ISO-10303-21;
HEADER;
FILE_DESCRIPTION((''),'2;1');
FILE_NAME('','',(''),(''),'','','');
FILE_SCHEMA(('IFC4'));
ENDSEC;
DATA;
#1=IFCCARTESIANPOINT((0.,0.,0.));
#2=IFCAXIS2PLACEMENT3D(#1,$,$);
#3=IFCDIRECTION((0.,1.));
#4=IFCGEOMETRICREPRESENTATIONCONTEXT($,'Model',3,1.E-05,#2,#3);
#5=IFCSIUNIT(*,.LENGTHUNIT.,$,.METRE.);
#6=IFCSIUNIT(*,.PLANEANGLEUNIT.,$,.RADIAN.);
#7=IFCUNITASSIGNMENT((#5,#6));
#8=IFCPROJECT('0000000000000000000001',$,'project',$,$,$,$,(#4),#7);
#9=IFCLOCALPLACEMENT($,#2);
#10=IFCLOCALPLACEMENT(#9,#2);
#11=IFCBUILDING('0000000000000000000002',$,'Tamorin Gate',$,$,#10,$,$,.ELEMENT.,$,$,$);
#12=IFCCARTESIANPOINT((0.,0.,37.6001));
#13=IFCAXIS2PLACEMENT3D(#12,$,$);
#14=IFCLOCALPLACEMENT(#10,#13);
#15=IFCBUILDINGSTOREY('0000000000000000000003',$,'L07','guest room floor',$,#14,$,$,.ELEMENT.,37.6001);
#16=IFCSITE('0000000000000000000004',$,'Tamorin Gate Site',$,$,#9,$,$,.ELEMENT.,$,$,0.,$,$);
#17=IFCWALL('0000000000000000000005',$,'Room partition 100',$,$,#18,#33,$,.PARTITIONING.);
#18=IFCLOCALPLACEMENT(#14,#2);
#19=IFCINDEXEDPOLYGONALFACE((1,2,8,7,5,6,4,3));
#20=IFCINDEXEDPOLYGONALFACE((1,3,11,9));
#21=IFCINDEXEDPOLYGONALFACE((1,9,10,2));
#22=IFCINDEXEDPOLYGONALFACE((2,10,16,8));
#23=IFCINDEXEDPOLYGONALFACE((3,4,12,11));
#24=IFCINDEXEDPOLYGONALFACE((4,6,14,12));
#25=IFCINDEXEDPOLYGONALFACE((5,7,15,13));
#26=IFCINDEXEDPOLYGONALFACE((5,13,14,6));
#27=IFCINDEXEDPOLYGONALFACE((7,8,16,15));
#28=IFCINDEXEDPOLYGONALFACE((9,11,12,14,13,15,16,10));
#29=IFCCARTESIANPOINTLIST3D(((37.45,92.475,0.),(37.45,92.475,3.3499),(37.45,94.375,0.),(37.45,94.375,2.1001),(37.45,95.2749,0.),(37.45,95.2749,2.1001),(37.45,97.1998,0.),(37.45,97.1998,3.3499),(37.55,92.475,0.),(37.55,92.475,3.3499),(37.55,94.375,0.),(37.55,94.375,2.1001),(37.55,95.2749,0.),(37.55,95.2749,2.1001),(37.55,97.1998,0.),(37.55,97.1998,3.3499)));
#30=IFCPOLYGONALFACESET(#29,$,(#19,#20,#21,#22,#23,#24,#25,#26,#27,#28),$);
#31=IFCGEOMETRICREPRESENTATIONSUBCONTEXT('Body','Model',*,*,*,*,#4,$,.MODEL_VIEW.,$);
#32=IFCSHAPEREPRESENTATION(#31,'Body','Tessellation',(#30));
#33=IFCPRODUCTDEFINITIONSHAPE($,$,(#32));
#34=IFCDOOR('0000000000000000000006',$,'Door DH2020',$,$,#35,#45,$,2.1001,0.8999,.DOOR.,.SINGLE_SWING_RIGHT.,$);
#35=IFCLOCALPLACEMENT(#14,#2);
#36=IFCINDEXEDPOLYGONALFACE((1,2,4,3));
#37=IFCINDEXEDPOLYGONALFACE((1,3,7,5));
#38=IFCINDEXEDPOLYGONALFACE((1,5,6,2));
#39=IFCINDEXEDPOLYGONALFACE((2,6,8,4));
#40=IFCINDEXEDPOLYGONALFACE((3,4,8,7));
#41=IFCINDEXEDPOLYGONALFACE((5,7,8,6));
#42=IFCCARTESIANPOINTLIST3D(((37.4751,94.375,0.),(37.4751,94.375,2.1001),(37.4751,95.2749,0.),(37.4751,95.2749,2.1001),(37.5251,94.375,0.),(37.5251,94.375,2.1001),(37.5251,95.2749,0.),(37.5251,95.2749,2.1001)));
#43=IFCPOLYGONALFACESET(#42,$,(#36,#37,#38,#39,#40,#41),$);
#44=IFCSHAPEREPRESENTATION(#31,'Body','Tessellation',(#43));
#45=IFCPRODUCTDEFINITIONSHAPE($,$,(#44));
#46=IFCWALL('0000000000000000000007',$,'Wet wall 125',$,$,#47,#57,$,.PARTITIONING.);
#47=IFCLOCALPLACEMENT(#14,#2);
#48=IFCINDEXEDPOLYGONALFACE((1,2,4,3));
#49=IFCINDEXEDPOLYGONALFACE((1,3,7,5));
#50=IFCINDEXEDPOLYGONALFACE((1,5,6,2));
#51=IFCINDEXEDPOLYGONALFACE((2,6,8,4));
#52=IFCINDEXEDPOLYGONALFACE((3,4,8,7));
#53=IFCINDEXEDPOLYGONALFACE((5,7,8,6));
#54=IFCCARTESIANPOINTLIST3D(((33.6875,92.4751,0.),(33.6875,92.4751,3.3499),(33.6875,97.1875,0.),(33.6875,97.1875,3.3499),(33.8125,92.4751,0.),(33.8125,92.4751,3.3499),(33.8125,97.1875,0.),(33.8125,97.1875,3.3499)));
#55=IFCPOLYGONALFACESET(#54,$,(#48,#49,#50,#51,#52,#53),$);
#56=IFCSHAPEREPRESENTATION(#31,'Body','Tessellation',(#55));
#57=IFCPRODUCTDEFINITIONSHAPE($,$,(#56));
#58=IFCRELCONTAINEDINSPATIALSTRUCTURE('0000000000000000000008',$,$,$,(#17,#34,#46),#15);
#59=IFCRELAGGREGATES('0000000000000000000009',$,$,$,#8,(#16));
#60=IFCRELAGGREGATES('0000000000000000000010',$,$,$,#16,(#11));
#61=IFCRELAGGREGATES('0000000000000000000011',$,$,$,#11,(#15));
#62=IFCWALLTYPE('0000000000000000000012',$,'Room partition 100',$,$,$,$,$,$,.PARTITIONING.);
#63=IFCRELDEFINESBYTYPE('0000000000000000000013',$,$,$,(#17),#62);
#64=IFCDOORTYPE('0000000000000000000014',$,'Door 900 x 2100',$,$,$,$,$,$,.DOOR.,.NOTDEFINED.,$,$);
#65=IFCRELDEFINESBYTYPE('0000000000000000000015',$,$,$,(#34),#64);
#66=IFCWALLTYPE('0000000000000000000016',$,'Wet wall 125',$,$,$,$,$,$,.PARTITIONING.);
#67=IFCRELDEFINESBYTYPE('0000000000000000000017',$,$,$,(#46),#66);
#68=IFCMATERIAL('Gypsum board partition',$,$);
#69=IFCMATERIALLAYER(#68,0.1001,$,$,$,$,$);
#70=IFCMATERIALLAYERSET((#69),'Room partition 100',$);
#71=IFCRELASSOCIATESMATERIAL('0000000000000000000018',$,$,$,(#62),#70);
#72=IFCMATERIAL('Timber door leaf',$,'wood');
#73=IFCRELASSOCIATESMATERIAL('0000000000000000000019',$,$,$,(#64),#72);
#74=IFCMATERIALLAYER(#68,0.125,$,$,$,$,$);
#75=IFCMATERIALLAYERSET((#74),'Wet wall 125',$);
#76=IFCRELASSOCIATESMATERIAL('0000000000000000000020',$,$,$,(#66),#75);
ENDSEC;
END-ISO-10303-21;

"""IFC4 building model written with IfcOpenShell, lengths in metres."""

from ifc_helpers import new_model, si_unit, direction, frame, frame_2d, origin, place, context, subcontext, project, spatial, rectangle, extrude, material, layer, layer_set, type_object, element, fill, save


model = new_model("IFC4")

# Units and contexts
model_context = context("Model", 3, precision=1e-05, world=origin(), true_north=direction((0.0, 1.0)))
body_context = subcontext(model_context, "Body", "Model", "MODEL_VIEW")
ifc_project = project(units=[si_unit("LENGTHUNIT", "METRE"), si_unit("PLANEANGLEUNIT", "RADIAN")], contexts=[model_context])

# Site, building, storey
site_placement = place(None, origin())
site = spatial("IfcSite", under=ifc_project, at=site_placement, Name="Tamorin Gate Site", CompositionType="ELEMENT", RefElevation=0.0)
building_placement = place(site_placement, origin())
building = spatial("IfcBuilding", under=site, at=building_placement, Name="Tamorin Gate", CompositionType="ELEMENT")
storey_placement = place(building_placement, frame((0.0, 0.0, 37.6001)))
storey = spatial("IfcBuildingStorey", under=building, at=storey_placement, Name="L07", Description="guest room floor", CompositionType="ELEMENT", Elevation=37.6001)

# Shared definitions
ifc_material_1 = material(Name="Gypsum board partition")
ifc_material_2 = material(Name="Timber door leaf", Category="wood")

# Wall, opening, door
ifc_layer_1 = layer(ifc_material_1, 0.1001)
ifc_layer_set_1 = layer_set([ifc_layer_1], Name="Room partition 100")
wall_type_1 = type_object("IfcWallType", Name="Room partition 100", PredefinedType="PARTITIONING", material=ifc_layer_set_1)
wall_1_placement = place(storey_placement, frame((37.5, 92.4751, 0.0), z_axis=(0.0, 0.0, 1.0), x_axis=(0.0, 1.0, 0.0)))
wall_1 = element("IfcWall", 1, at=wall_1_placement, inside=storey, type_object=wall_type_1, Name="Room partition 100", PredefinedType="PARTITIONING", context=body_context, shape_type="SweptSolid", body=[
    extrude(rectangle(XDim=4.7249, YDim=0.1001, at=frame_2d((2.3623, 0.0))), origin(), (0.0, 0.0, 1.0), 3.3499),
])
opening_1_placement = place(wall_1_placement, frame((1.8999, 0.0, 0.0)))
opening_1 = element("IfcOpeningElement", 2, at=opening_1_placement, cuts=wall_1, PredefinedType="OPENING", context=body_context, shape_type="SweptSolid", body=[
    extrude(rectangle(XDim=0.8999, YDim=2.1001, at=frame_2d((0.45, 1.05))), frame((0.0, 0.0601, 0.0), z_axis=(0.0, -1.0, 0.0), x_axis=(1.0, 0.0, 0.0)), (0.0, 0.0, 1.0), 0.1201),
])
door_type_1 = type_object("IfcDoorType", Name="Door 900 x 2100", OperationType="NOTDEFINED", PredefinedType="DOOR", material=ifc_material_2)
door_1_placement = place(opening_1_placement, origin())
door_1 = element("IfcDoor", 3, at=door_1_placement, inside=storey, type_object=door_type_1, Name="Door DH2020", OperationType="SINGLE_SWING_RIGHT", OverallHeight=2.1001, OverallWidth=0.8999, PredefinedType="DOOR", context=body_context, shape_type="SweptSolid", body=[
    extrude(rectangle(XDim=0.8999, YDim=2.1001, at=frame_2d((0.45, 1.05))), frame((0.0, 0.0249, 0.0), z_axis=(0.0, -1.0, 0.0), x_axis=(1.0, 0.0, 0.0)), (0.0, 0.0, 1.0), 0.05),
])
fill(opening_1, door_1)

# Wall
ifc_layer_2 = layer(ifc_material_1, 0.125)
ifc_layer_set_2 = layer_set([ifc_layer_2], Name="Wet wall 125")
wall_type_2 = type_object("IfcWallType", Name="Wet wall 125", PredefinedType="PARTITIONING", material=ifc_layer_set_2)
wall_2_placement = place(storey_placement, frame((33.75, 92.4751, 0.0), z_axis=(0.0, 0.0, 1.0), x_axis=(0.0, 1.0, 0.0)))
element("IfcWall", 4, at=wall_2_placement, inside=storey, type_object=wall_type_2, Name="Wet wall 125", PredefinedType="PARTITIONING", context=body_context, shape_type="SweptSolid", body=[
    extrude(rectangle(XDim=4.7124, YDim=0.125, at=frame_2d((2.3562, 0.0))), origin(), (0.0, 0.0, 1.0), 3.3499),
])

save(model, "model.ifc")
